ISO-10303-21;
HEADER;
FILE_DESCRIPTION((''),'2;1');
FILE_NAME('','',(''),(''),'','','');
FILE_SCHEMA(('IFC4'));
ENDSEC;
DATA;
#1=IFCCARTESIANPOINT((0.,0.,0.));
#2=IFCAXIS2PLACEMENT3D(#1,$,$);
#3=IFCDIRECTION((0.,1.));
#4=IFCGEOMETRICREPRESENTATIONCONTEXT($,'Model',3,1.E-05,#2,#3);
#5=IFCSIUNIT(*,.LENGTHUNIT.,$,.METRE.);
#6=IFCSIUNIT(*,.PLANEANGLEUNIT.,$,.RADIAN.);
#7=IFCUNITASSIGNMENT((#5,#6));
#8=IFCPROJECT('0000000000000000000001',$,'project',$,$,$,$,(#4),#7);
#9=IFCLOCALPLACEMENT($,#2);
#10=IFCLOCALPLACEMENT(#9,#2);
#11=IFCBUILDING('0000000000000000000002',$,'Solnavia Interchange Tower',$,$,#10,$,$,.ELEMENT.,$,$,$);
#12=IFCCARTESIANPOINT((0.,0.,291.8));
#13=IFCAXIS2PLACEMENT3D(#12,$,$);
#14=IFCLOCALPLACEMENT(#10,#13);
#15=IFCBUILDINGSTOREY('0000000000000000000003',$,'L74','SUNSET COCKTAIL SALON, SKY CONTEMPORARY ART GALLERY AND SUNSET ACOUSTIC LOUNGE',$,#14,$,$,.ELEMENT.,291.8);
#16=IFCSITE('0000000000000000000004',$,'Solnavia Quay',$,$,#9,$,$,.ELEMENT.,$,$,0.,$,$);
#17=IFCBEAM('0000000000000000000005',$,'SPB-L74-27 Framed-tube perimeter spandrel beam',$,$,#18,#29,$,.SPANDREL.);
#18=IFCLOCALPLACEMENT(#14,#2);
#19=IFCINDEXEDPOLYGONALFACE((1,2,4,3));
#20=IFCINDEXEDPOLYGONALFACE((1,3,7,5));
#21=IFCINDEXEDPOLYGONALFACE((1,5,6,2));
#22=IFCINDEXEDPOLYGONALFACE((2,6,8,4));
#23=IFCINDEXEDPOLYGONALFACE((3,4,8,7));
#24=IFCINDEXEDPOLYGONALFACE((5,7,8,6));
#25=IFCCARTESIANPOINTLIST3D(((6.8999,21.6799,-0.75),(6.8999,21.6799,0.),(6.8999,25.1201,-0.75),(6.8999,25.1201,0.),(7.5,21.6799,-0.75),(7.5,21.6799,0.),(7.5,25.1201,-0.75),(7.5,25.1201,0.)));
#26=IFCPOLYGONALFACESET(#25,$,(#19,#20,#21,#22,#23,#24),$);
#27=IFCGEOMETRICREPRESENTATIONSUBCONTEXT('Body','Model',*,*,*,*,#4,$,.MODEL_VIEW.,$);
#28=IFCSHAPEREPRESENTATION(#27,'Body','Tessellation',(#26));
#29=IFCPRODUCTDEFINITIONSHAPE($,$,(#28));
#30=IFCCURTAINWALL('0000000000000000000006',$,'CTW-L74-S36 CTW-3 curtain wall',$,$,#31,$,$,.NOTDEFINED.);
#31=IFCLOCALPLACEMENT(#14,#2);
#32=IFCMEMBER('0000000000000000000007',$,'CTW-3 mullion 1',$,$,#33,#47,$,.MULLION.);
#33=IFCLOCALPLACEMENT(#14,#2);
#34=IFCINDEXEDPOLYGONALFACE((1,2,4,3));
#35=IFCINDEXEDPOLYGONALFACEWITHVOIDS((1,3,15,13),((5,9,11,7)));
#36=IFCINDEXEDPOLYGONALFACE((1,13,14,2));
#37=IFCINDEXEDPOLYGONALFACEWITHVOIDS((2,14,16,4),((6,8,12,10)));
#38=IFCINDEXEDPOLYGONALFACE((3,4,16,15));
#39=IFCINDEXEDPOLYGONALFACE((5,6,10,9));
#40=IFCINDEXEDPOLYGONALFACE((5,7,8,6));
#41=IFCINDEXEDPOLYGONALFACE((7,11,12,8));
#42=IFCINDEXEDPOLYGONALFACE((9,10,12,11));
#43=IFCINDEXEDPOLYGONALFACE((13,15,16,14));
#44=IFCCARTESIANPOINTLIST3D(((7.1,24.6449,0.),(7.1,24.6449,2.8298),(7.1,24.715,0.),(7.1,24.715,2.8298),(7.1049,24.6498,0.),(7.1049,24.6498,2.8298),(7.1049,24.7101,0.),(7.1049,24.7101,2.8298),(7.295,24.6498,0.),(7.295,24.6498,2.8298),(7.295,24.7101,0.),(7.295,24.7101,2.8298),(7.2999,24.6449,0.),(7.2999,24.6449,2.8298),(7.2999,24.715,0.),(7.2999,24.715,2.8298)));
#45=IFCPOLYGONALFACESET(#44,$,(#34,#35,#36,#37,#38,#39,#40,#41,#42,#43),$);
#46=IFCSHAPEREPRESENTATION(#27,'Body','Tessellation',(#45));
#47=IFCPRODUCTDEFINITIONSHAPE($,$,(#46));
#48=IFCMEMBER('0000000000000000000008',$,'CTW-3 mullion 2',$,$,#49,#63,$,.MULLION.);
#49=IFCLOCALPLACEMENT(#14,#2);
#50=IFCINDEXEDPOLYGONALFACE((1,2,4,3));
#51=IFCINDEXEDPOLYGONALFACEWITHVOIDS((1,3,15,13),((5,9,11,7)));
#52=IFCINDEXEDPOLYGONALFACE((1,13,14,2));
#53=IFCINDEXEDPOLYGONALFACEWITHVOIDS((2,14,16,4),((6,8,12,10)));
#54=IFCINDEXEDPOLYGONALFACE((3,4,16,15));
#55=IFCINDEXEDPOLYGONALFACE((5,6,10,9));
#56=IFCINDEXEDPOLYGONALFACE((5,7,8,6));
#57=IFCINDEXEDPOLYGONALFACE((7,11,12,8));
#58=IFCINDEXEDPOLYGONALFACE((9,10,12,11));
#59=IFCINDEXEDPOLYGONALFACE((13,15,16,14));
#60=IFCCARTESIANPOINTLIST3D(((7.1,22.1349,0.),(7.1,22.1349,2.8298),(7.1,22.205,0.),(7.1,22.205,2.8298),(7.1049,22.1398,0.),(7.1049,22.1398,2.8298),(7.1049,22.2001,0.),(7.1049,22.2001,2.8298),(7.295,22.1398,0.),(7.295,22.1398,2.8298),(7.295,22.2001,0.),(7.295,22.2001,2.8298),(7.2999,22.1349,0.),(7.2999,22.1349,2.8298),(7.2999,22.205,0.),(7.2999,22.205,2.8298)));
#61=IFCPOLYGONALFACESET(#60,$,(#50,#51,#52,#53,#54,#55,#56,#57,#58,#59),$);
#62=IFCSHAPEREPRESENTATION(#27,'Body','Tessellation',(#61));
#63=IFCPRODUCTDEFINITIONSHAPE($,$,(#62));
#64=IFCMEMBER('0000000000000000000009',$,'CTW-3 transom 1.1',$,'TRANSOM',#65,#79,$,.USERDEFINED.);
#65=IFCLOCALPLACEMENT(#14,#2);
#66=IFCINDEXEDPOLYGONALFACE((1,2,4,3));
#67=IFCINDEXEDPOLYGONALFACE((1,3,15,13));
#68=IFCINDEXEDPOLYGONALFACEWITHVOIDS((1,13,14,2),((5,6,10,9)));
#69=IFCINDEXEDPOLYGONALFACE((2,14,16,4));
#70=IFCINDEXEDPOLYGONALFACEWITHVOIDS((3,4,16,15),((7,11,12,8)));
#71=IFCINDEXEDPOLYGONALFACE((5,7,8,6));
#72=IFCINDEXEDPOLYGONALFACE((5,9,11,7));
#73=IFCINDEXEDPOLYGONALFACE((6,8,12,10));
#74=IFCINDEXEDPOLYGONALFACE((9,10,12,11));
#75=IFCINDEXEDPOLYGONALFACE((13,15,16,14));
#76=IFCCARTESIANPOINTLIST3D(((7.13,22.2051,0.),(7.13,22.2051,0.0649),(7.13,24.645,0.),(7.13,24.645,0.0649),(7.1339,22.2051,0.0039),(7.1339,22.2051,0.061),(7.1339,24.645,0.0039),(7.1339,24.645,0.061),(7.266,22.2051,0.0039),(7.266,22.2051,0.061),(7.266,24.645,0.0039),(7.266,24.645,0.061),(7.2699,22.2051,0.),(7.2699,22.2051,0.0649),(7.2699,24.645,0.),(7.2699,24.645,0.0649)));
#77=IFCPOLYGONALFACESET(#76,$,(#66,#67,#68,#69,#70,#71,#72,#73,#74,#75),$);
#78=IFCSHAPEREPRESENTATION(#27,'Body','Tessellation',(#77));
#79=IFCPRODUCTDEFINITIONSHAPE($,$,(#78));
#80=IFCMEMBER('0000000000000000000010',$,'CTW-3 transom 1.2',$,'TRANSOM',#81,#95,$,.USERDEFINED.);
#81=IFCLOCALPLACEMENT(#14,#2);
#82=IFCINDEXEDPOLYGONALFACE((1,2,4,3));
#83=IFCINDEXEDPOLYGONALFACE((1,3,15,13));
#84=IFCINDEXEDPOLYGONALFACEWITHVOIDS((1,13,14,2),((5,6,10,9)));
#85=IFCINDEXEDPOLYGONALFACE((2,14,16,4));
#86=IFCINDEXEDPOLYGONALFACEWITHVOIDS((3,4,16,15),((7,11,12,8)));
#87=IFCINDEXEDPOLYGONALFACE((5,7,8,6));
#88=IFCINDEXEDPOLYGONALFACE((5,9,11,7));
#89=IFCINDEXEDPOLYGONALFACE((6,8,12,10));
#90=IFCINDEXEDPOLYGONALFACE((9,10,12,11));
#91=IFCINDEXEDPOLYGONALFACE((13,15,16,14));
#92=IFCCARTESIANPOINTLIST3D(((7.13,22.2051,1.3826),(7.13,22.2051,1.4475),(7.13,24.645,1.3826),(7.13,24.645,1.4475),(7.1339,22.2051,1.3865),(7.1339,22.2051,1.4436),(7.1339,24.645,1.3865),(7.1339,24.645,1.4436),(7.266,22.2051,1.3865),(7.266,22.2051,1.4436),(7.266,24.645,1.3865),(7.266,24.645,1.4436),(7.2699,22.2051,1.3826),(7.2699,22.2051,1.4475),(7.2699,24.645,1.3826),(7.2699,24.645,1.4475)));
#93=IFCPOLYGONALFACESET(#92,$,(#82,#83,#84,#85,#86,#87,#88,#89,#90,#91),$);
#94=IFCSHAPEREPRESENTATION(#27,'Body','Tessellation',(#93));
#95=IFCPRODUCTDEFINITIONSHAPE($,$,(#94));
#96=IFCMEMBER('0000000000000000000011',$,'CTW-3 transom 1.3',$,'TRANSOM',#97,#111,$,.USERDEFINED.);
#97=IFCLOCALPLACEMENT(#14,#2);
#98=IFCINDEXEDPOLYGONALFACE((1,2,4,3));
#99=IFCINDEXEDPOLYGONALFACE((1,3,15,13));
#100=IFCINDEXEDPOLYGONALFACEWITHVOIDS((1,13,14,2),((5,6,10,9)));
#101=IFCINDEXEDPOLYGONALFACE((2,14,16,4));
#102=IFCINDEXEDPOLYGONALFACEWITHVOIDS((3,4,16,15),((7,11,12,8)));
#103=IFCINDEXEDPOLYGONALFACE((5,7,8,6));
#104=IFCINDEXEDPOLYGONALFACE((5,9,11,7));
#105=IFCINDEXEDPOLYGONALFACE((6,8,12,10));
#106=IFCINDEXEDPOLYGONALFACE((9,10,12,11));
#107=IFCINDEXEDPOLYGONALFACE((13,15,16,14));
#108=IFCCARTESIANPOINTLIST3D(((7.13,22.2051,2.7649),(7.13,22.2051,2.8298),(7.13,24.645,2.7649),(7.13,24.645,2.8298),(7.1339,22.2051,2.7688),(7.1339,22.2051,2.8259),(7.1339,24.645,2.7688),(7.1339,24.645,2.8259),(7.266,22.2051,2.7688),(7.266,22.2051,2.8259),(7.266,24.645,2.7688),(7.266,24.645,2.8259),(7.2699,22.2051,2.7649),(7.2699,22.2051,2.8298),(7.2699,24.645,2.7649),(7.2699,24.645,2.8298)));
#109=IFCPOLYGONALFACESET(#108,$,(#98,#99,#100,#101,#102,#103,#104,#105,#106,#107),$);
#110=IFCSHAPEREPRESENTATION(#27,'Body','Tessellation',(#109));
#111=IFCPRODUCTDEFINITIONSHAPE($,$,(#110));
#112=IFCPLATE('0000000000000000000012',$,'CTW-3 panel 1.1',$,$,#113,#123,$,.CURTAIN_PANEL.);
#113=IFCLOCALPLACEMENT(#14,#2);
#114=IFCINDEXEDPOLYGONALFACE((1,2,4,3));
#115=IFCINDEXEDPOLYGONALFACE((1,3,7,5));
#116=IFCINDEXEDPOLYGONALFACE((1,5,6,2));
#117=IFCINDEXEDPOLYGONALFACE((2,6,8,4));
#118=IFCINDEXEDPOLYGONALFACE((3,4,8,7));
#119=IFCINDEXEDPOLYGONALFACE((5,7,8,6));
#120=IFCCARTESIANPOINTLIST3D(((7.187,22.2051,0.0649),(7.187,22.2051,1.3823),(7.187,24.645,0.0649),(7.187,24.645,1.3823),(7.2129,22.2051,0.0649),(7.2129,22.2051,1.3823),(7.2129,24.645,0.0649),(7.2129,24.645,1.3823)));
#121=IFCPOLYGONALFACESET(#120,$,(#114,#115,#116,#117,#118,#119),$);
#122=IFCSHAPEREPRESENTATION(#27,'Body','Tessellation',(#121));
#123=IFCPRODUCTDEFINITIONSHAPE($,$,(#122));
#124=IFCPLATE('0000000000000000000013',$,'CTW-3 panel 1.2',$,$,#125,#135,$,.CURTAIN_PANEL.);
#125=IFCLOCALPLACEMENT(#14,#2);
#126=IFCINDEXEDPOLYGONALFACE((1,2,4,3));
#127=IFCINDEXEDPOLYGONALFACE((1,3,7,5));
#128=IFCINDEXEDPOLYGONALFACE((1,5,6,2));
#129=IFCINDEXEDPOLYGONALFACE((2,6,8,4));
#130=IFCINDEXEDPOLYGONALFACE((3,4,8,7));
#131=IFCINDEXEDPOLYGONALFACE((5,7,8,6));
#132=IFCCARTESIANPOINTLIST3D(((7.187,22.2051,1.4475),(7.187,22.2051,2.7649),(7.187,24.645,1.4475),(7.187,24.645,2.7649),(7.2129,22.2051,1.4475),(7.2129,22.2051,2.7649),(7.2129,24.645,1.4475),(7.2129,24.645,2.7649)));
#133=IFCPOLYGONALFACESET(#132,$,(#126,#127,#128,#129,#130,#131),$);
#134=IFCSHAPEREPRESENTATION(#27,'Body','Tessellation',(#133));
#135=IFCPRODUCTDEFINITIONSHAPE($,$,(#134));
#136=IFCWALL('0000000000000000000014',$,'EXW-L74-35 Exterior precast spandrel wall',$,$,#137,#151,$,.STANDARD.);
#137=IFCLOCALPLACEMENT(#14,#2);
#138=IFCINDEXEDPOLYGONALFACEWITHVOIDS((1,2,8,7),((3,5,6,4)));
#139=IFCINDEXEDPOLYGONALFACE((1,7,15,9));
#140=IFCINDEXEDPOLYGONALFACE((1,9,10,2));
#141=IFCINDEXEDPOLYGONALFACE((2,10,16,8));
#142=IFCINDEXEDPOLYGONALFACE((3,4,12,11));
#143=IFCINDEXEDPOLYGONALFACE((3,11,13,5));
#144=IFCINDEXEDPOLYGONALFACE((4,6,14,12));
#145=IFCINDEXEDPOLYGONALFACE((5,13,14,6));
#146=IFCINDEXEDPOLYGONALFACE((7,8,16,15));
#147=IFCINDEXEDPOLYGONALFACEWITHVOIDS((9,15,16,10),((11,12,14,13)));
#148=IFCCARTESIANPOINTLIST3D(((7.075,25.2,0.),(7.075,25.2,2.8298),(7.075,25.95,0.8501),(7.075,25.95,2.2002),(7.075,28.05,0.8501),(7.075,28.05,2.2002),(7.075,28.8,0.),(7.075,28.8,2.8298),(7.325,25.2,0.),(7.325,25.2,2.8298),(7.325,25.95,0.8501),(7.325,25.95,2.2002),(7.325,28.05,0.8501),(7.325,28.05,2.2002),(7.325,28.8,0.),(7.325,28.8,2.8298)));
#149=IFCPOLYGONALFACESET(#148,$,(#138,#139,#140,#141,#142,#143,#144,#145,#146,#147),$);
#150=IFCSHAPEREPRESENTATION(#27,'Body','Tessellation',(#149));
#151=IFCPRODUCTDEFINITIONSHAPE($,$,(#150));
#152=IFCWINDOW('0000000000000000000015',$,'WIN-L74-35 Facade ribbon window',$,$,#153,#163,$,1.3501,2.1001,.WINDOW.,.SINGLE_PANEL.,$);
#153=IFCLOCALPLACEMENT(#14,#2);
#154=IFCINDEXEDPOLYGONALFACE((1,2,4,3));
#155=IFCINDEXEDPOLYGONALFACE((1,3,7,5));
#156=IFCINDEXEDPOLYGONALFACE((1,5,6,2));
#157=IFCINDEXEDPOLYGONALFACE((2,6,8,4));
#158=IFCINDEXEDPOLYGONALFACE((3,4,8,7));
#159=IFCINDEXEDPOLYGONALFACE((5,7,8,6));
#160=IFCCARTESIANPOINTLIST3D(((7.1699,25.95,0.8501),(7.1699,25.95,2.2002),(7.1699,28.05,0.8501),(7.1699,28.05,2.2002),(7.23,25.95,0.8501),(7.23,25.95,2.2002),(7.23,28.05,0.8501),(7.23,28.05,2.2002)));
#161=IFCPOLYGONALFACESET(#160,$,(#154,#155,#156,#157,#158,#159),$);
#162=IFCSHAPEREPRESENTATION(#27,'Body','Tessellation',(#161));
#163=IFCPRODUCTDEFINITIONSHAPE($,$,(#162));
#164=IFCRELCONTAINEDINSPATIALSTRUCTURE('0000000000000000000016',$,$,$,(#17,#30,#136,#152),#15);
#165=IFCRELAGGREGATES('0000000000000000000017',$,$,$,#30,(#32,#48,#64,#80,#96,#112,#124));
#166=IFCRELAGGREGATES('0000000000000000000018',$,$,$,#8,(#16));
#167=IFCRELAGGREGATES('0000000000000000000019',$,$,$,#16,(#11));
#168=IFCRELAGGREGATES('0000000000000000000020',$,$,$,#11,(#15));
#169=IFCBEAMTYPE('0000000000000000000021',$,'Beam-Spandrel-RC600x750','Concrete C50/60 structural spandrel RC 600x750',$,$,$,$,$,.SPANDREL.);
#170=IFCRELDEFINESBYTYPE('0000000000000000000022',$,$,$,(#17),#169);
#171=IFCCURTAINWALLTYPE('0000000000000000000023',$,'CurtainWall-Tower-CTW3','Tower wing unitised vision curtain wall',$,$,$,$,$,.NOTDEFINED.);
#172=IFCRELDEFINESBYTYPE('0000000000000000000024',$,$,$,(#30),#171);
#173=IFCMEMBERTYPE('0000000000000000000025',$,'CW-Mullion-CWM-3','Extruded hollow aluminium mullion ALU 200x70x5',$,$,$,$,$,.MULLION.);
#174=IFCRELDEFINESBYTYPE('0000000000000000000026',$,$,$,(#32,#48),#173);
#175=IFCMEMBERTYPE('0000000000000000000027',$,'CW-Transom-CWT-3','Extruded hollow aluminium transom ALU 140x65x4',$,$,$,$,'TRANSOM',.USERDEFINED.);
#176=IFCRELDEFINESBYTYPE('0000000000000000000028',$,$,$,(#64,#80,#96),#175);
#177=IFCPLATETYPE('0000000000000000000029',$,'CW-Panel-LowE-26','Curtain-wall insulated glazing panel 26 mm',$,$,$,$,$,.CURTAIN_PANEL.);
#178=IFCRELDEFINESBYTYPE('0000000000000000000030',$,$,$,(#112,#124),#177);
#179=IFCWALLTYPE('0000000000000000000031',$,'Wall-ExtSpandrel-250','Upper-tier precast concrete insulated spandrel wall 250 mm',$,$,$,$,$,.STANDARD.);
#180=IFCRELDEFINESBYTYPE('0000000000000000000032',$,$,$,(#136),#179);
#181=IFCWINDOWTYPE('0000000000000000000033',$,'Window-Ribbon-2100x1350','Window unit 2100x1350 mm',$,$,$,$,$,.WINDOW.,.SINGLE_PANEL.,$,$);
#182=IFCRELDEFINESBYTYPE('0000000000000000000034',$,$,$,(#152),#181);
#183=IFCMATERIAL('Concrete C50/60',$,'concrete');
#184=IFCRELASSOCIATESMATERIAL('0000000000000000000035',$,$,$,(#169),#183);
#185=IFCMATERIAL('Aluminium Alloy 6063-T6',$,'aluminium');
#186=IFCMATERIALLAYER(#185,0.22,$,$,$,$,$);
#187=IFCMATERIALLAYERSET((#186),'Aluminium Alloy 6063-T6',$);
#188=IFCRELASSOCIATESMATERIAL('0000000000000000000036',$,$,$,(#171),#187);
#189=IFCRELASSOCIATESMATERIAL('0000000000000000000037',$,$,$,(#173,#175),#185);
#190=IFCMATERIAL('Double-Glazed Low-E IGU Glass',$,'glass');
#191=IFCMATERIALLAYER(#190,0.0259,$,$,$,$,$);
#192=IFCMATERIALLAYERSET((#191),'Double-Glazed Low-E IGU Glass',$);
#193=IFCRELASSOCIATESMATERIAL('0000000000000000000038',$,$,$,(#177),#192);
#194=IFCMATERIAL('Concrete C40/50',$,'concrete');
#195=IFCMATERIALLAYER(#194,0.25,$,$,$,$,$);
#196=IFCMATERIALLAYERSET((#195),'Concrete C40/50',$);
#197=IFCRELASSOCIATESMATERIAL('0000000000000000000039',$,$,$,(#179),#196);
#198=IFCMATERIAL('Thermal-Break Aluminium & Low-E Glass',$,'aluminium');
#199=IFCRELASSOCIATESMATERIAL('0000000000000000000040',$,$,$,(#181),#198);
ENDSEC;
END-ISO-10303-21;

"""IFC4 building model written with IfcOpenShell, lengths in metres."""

from ifc_helpers import new_model, si_unit, direction, frame, frame_2d, origin, origin_2d, place, context, subcontext, project, spatial, rectangle, hollow_rectangle, extrude, material, layer, layer_set, material_profile, profile_set, type_object, element, fill, aggregate, save


model = new_model("IFC4")

# Units and contexts
model_context = context("Model", 3, precision=1e-05, world=origin(), true_north=direction((0.0, 1.0)))
body_context = subcontext(model_context, "Body", "Model", "MODEL_VIEW")
ifc_project = project(units=[si_unit("LENGTHUNIT", "METRE"), si_unit("PLANEANGLEUNIT", "RADIAN")], contexts=[model_context])

# Site, building, storey
site_placement = place(None, origin())
site = spatial("IfcSite", under=ifc_project, at=site_placement, Name="Solnavia Quay", CompositionType="ELEMENT", RefElevation=0.0)
building_placement = place(site_placement, origin())
building = spatial("IfcBuilding", under=site, at=building_placement, Name="Solnavia Interchange Tower", CompositionType="ELEMENT")
storey_placement = place(building_placement, frame((0.0, 0.0, 291.8)))
storey = spatial("IfcBuildingStorey", under=building, at=storey_placement, Name="L74", Description="SUNSET COCKTAIL SALON, SKY CONTEMPORARY ART GALLERY AND SUNSET ACOUSTIC LOUNGE", CompositionType="ELEMENT", Elevation=291.8)

# Shared definitions
ifc_material_1 = material(Name="Concrete C50/60", Category="concrete")

# Beam
ifc_material_profile_1 = material_profile(ifc_material_1, rectangle(XDim=0.6001, YDim=0.75, at=origin_2d()), Name="RC 600x750")
ifc_profile_set_1 = profile_set([ifc_material_profile_1], Name="Concrete C50/60")
beam_type_1 = type_object("IfcBeamType", Name="Beam-Spandrel-RC600x750", Description="Concrete C50/60 structural spandrel RC 600x750", PredefinedType="SPANDREL", material=ifc_profile_set_1)
beam_1_placement = place(storey_placement, frame((7.2, 25.1201, -0.375), z_axis=(0.0, -1.0, 0.0), x_axis=(1.0, 0.0, 0.0)))
element("IfcBeam", 1, at=beam_1_placement, inside=storey, type_object=beam_type_1, Name="SPB-L74-27 Framed-tube perimeter spandrel beam", PredefinedType="SPANDREL", context=body_context, shape_type="SweptSolid", body=[
    extrude(rectangle(XDim=0.6001, YDim=0.75, at=origin_2d()), origin(), (0.0, 0.0, 1.0), 3.4402),
])

# Curtain wall, members, plates
ifc_material_2 = material(Name="Aluminium Alloy 6063-T6", Category="aluminium")
ifc_layer_1 = layer(ifc_material_2, 0.22)
ifc_layer_set_1 = layer_set([ifc_layer_1], Name="Aluminium Alloy 6063-T6")
curtain_wall_type = type_object("IfcCurtainWallType", Name="CurtainWall-Tower-CTW3", Description="Tower wing unitised vision curtain wall", PredefinedType="NOTDEFINED", material=ifc_layer_set_1)
curtain_wall_placement = place(storey_placement, origin())
curtain_wall = element("IfcCurtainWall", 2, at=curtain_wall_placement, inside=storey, type_object=curtain_wall_type, Name="CTW-L74-S36 CTW-3 curtain wall", PredefinedType="NOTDEFINED")
ifc_material_profile_2 = material_profile(ifc_material_2, hollow_rectangle(XDim=0.0701, YDim=0.2, WallThickness=0.0049, at=origin_2d()), Name="ALU 200x70x5")
ifc_profile_set_2 = profile_set([ifc_material_profile_2], Name="Aluminium Alloy 6063-T6")
member_type_1 = type_object("IfcMemberType", Name="CW-Mullion-CWM-3", Description="Extruded hollow aluminium mullion ALU 200x70x5", PredefinedType="MULLION", material=ifc_profile_set_2)
member_1_placement = place(storey_placement, frame((7.2, 24.6799, 0.0), z_axis=(0.0, 0.0, 1.0), x_axis=(0.0, -1.0, 0.0)))
member_1 = element("IfcMember", 3, at=member_1_placement, type_object=member_type_1, Name="CTW-3 mullion 1", PredefinedType="MULLION", context=body_context, shape_type="SweptSolid", body=[
    extrude(hollow_rectangle(XDim=0.0701, YDim=0.2, WallThickness=0.0049, at=origin_2d()), origin(), (0.0, 0.0, 1.0), 2.8298),
])
member_2_placement = place(storey_placement, frame((7.2, 22.1699, 0.0), z_axis=(0.0, 0.0, 1.0), x_axis=(0.0, -1.0, 0.0)))
member_2 = element("IfcMember", 4, at=member_2_placement, type_object=member_type_1, Name="CTW-3 mullion 2", PredefinedType="MULLION", context=body_context, shape_type="SweptSolid", body=[
    extrude(hollow_rectangle(XDim=0.0701, YDim=0.2, WallThickness=0.0049, at=origin_2d()), origin(), (0.0, 0.0, 1.0), 2.8298),
])
ifc_material_profile_3 = material_profile(ifc_material_2, hollow_rectangle(XDim=0.0649, YDim=0.1399, WallThickness=0.0039, at=origin_2d()), Name="ALU 140x65x4")
ifc_profile_set_3 = profile_set([ifc_material_profile_3], Name="Aluminium Alloy 6063-T6")
member_type_2 = type_object("IfcMemberType", Name="CW-Transom-CWT-3", Description="Extruded hollow aluminium transom ALU 140x65x4", ElementType="TRANSOM", PredefinedType="USERDEFINED", material=ifc_profile_set_3)
member_3_placement = place(storey_placement, frame((7.2, 24.645, 0.0325), z_axis=(0.0, -1.0, 0.0), x_axis=(0.0, 0.0, 1.0)))
member_3 = element("IfcMember", 5, at=member_3_placement, type_object=member_type_2, Name="CTW-3 transom 1.1", ObjectType="TRANSOM", PredefinedType="USERDEFINED", context=body_context, shape_type="SweptSolid", body=[
    extrude(hollow_rectangle(XDim=0.0649, YDim=0.1399, WallThickness=0.0039, at=origin_2d()), origin(), (0.0, 0.0, 1.0), 2.4399),
])
member_4_placement = place(storey_placement, frame((7.2, 24.645, 1.415), z_axis=(0.0, -1.0, 0.0), x_axis=(0.0, 0.0, 1.0)))
member_4 = element("IfcMember", 6, at=member_4_placement, type_object=member_type_2, Name="CTW-3 transom 1.2", ObjectType="TRANSOM", PredefinedType="USERDEFINED", context=body_context, shape_type="SweptSolid", body=[
    extrude(hollow_rectangle(XDim=0.0649, YDim=0.1399, WallThickness=0.0039, at=origin_2d()), origin(), (0.0, 0.0, 1.0), 2.4399),
])
member_5_placement = place(storey_placement, frame((7.2, 24.645, 2.7974), z_axis=(0.0, -1.0, 0.0), x_axis=(0.0, 0.0, 1.0)))
member_5 = element("IfcMember", 7, at=member_5_placement, type_object=member_type_2, Name="CTW-3 transom 1.3", ObjectType="TRANSOM", PredefinedType="USERDEFINED", context=body_context, shape_type="SweptSolid", body=[
    extrude(hollow_rectangle(XDim=0.0649, YDim=0.1399, WallThickness=0.0039, at=origin_2d()), origin(), (0.0, 0.0, 1.0), 2.4399),
])
ifc_material_3 = material(Name="Double-Glazed Low-E IGU Glass", Category="glass")
ifc_layer_2 = layer(ifc_material_3, 0.0259)
ifc_layer_set_2 = layer_set([ifc_layer_2], Name="Double-Glazed Low-E IGU Glass")
plate_type = type_object("IfcPlateType", Name="CW-Panel-LowE-26", Description="Curtain-wall insulated glazing panel 26 mm", PredefinedType="CURTAIN_PANEL", material=ifc_layer_set_2)
plate_1_placement = place(storey_placement, frame((7.2, 23.425, 0.0649), z_axis=(0.0, 0.0, 1.0), x_axis=(0.0, -1.0, 0.0)))
plate_1 = element("IfcPlate", 8, at=plate_1_placement, type_object=plate_type, Name="CTW-3 panel 1.1", PredefinedType="CURTAIN_PANEL", context=body_context, shape_type="SweptSolid", body=[
    extrude(rectangle(XDim=2.4399, YDim=0.0259, at=origin_2d()), origin(), (0.0, 0.0, 1.0), 1.3174),
])
plate_2_placement = place(storey_placement, frame((7.2, 23.425, 1.4475), z_axis=(0.0, 0.0, 1.0), x_axis=(0.0, -1.0, 0.0)))
plate_2 = element("IfcPlate", 9, at=plate_2_placement, type_object=plate_type, Name="CTW-3 panel 1.2", PredefinedType="CURTAIN_PANEL", context=body_context, shape_type="SweptSolid", body=[
    extrude(rectangle(XDim=2.4399, YDim=0.0259, at=origin_2d()), origin(), (0.0, 0.0, 1.0), 1.3174),
])
aggregate(curtain_wall, [member_1, member_2, member_3, member_4, member_5, plate_1, plate_2])

# Wall, opening, window
ifc_material_4 = material(Name="Concrete C40/50", Category="concrete")
ifc_layer_3 = layer(ifc_material_4, 0.25)
ifc_layer_set_3 = layer_set([ifc_layer_3], Name="Concrete C40/50")
wall_type_1 = type_object("IfcWallType", Name="Wall-ExtSpandrel-250", Description="Upper-tier precast concrete insulated spandrel wall 250 mm", PredefinedType="STANDARD", material=ifc_layer_set_3)
wall_1_placement = place(storey_placement, frame((7.2, 25.2, 0.0), z_axis=(0.0, 0.0, 1.0), x_axis=(0.0, 1.0, 0.0)))
wall_1 = element("IfcWall", 10, at=wall_1_placement, inside=storey, type_object=wall_type_1, Name="EXW-L74-35 Exterior precast spandrel wall", PredefinedType="STANDARD", context=body_context, shape_type="SweptSolid", body=[
    extrude(rectangle(XDim=3.6001, YDim=0.25, at=frame_2d((1.8, 0.0))), origin(), (0.0, 0.0, 1.0), 2.8298),
])
opening_1_placement = place(wall_1_placement, frame((0.75, 0.0, 0.8501)))
opening_1 = element("IfcOpeningElement", 11, at=opening_1_placement, cuts=wall_1, PredefinedType="OPENING", context=body_context, shape_type="SweptSolid", body=[
    extrude(rectangle(XDim=2.1001, YDim=1.3501, at=frame_2d((1.05, 0.675))), frame((0.0, 0.135, 0.0), z_axis=(0.0, -1.0, 0.0), x_axis=(1.0, 0.0, 0.0)), (0.0, 0.0, 1.0), 0.27),
])
ifc_material_5 = material(Name="Thermal-Break Aluminium & Low-E Glass", Category="aluminium")
window_type_1 = type_object("IfcWindowType", Name="Window-Ribbon-2100x1350", Description="Window unit 2100x1350 mm", PartitioningType="SINGLE_PANEL", PredefinedType="WINDOW", material=ifc_material_5)
window_1_placement = place(opening_1_placement, origin())
window_1 = element("IfcWindow", 12, at=window_1_placement, inside=storey, type_object=window_type_1, Name="WIN-L74-35 Facade ribbon window", OverallHeight=1.3501, OverallWidth=2.1001, PartitioningType="SINGLE_PANEL", PredefinedType="WINDOW", context=body_context, shape_type="SweptSolid", body=[
    extrude(rectangle(XDim=2.1001, YDim=1.3501, at=frame_2d((1.05, 0.675))), frame((0.0, 0.03, 0.0), z_axis=(0.0, -1.0, 0.0), x_axis=(1.0, 0.0, 0.0)), (0.0, 0.0, 1.0), 0.0601),
])
fill(opening_1, window_1)

save(model, "model.ifc")
